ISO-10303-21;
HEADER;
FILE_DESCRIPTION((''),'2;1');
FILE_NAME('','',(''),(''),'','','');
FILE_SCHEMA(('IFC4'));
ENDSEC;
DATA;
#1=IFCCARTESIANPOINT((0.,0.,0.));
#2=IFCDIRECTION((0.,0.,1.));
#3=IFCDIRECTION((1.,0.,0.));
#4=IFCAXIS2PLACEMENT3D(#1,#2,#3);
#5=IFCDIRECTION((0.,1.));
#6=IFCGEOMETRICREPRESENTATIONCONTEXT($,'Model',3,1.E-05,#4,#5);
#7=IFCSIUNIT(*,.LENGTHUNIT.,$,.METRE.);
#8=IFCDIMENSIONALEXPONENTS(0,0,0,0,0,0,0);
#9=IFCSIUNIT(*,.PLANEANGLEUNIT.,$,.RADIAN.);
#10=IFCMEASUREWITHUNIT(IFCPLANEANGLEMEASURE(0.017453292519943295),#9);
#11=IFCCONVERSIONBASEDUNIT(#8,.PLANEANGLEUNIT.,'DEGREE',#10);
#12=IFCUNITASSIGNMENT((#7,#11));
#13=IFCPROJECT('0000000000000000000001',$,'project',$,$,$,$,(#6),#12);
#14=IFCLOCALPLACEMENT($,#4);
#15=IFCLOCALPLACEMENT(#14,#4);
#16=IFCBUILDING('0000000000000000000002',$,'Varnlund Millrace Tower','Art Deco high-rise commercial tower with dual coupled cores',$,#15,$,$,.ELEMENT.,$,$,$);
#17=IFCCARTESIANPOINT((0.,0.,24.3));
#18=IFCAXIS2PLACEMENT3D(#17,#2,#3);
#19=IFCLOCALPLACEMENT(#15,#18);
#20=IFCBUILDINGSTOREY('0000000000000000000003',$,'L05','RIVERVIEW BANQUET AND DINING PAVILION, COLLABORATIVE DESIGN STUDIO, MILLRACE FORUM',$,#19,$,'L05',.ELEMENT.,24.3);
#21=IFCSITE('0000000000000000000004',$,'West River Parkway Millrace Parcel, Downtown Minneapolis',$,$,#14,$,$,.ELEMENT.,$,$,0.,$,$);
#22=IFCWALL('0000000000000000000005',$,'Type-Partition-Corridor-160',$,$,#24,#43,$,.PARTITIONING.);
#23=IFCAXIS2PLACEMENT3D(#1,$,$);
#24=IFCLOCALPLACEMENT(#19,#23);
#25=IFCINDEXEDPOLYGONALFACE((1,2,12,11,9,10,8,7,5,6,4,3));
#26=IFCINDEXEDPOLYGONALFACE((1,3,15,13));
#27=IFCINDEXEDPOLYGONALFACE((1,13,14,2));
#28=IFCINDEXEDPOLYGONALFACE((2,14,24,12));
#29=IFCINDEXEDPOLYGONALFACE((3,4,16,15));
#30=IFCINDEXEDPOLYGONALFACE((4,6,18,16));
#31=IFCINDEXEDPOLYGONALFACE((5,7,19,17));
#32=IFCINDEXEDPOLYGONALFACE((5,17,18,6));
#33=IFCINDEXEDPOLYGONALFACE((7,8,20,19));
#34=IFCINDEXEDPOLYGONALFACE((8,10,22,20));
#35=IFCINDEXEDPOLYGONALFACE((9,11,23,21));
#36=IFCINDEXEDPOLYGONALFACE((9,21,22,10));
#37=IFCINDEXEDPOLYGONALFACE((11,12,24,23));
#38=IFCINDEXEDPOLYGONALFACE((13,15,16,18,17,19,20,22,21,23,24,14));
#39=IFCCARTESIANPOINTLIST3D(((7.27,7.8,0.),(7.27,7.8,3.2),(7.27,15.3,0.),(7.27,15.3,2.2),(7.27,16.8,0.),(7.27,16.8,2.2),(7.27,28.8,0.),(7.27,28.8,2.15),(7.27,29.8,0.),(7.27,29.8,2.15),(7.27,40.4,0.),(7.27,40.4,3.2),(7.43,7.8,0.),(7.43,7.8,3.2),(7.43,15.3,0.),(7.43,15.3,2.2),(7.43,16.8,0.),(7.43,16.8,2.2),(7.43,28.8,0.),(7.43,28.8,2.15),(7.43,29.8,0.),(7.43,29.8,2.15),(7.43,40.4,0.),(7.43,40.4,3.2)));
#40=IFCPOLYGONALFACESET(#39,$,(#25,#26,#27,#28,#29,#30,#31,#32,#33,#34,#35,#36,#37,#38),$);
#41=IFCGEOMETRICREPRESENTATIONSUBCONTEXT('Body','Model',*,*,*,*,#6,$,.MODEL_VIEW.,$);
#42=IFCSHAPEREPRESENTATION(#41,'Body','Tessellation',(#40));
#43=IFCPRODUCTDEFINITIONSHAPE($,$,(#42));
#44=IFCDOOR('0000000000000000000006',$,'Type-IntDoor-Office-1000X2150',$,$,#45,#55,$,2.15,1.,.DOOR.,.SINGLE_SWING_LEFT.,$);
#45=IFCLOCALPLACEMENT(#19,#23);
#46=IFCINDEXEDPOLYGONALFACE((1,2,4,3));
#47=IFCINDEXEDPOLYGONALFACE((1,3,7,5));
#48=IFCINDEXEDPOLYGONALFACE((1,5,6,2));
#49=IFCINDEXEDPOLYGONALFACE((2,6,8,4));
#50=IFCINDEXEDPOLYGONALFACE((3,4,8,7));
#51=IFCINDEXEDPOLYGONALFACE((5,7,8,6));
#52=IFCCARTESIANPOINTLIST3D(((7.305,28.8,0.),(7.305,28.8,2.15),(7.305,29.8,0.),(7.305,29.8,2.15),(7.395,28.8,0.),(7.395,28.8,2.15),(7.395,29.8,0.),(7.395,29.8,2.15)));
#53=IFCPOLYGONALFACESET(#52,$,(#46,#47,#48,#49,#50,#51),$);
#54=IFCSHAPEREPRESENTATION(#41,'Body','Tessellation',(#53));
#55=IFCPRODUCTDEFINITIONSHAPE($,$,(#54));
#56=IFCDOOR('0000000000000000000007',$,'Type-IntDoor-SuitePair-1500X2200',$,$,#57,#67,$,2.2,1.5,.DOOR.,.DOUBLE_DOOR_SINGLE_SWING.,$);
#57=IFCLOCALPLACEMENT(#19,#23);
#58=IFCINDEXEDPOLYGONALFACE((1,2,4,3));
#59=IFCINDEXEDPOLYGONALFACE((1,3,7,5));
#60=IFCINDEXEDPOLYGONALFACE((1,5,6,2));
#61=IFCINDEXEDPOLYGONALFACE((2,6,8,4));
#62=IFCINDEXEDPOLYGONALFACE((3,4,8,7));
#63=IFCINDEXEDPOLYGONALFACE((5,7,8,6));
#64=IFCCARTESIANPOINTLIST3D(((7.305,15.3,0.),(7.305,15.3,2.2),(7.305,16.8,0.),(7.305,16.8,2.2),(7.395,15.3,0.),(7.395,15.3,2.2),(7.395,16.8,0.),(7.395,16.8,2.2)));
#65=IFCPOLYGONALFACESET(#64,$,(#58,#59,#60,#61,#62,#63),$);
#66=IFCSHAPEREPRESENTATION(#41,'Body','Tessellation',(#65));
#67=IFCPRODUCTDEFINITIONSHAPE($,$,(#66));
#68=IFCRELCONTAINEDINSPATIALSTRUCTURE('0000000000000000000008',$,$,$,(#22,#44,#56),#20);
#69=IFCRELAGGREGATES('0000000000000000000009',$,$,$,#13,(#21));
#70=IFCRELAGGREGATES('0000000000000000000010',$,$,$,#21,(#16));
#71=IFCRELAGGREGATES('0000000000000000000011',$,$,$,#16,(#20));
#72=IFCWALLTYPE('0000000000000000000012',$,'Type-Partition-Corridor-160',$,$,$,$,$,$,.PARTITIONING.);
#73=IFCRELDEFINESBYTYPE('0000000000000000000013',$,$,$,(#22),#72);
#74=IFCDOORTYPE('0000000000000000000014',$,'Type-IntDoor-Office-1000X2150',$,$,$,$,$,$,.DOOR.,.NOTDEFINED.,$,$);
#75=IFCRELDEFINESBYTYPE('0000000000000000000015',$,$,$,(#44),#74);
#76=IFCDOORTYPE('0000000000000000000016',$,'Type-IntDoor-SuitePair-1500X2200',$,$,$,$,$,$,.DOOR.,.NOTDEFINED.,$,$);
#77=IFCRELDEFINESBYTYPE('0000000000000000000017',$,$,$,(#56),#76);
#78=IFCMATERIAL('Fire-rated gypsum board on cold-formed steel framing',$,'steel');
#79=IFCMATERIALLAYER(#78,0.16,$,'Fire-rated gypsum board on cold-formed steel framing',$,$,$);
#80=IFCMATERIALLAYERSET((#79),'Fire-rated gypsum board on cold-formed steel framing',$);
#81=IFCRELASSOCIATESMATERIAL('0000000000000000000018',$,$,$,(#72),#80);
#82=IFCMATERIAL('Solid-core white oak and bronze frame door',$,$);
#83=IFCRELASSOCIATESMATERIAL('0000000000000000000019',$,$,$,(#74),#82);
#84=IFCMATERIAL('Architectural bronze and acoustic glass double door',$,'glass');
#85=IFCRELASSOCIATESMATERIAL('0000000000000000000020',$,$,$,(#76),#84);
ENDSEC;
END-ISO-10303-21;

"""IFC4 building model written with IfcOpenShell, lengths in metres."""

from ifc_helpers import new_model, entity, si_unit, converted_unit, direction, frame, origin_with_axes, origin_2d_with_axis, place, context, subcontext, project, spatial, polyline, rectangle, outline, extrude, material, layer, layer_set, type_object, element, fill, save


model = new_model("IFC4")

# Units and contexts
model_context = context("Model", 3, precision=1e-05, world=origin_with_axes(), true_north=direction((0.0, 1.0)))
body_context = subcontext(model_context, "Body", "Model", "MODEL_VIEW")
ifc_project = project(units=[si_unit("LENGTHUNIT", "METRE"), converted_unit("PLANEANGLEUNIT", "DEGREE", entity("IfcPlaneAngleMeasure", 0.017453292519943295), si_unit("PLANEANGLEUNIT", "RADIAN"), dimensions=[0, 0, 0, 0, 0, 0, 0])], contexts=[model_context])

# Site, building, storey
site_placement = place(None, origin_with_axes())
site = spatial("IfcSite", under=ifc_project, at=site_placement, Name="West River Parkway Millrace Parcel, Downtown Minneapolis", CompositionType="ELEMENT", RefElevation=0.0)
building_placement = place(site_placement, origin_with_axes())
building = spatial("IfcBuilding", under=site, at=building_placement, Name="Varnlund Millrace Tower", Description="Art Deco high-rise commercial tower with dual coupled cores", CompositionType="ELEMENT")
storey_placement = place(building_placement, frame((0.0, 0.0, 24.3), z_axis=(0.0, 0.0, 1.0), x_axis=(1.0, 0.0, 0.0)))
storey = spatial("IfcBuildingStorey", under=building, at=storey_placement, Name="L05", Description="RIVERVIEW BANQUET AND DINING PAVILION, COLLABORATIVE DESIGN STUDIO, MILLRACE FORUM", LongName="L05", CompositionType="ELEMENT", Elevation=24.3)

# Wall, openings, doors
ifc_material_1 = material(Name="Fire-rated gypsum board on cold-formed steel framing", Category="steel")
ifc_layer_1 = layer(ifc_material_1, 0.16, Name="Fire-rated gypsum board on cold-formed steel framing")
ifc_layer_set_1 = layer_set([ifc_layer_1], Name="Fire-rated gypsum board on cold-formed steel framing")
wall_type_1 = type_object("IfcWallType", Name="Type-Partition-Corridor-160", PredefinedType="PARTITIONING", material=ifc_layer_set_1)
ifc_material_2 = material(Name="Solid-core white oak and bronze frame door")
door_type_1 = type_object("IfcDoorType", Name="Type-IntDoor-Office-1000X2150", OperationType="NOTDEFINED", PredefinedType="DOOR", material=ifc_material_2)
wall_1_placement = place(storey_placement, frame((7.35, 7.8, 0.0), z_axis=(0.0, 0.0, 1.0), x_axis=(0.0, 1.0, 0.0)))
wall_1 = element("IfcWall", 1, at=wall_1_placement, inside=storey, type_object=wall_type_1, Name="Type-Partition-Corridor-160", PredefinedType="PARTITIONING", context=body_context, shape_type="SweptSolid", body=[
    extrude(outline(polyline([(0.0, -0.08), (32.6, -0.08), (32.6, 0.08), (0.0, 0.08), (0.0, -0.08)])), origin_with_axes(), (0.0, 0.0, 1.0), 3.2),
])
opening_1_placement = place(wall_1_placement, frame((8.25, 0.0, 0.0), z_axis=(0.0, 0.0, 1.0), x_axis=(1.0, 0.0, 0.0)))
opening_1 = element("IfcOpeningElement", 2, at=opening_1_placement, cuts=wall_1, PredefinedType="OPENING", context=body_context, shape_type="SweptSolid", body=[
    extrude(rectangle(XDim=1.5, YDim=0.18, at=origin_2d_with_axis()), origin_with_axes(), (0.0, 0.0, 1.0), 2.2),
])
opening_2_placement = place(wall_1_placement, frame((21.5, 0.0, 0.0), z_axis=(0.0, 0.0, 1.0), x_axis=(1.0, 0.0, 0.0)))
opening_2 = element("IfcOpeningElement", 3, at=opening_2_placement, cuts=wall_1, PredefinedType="OPENING", context=body_context, shape_type="SweptSolid", body=[
    extrude(rectangle(XDim=1.0, YDim=0.18, at=origin_2d_with_axis()), origin_with_axes(), (0.0, 0.0, 1.0), 2.15),
])
door_1_placement = place(wall_1_placement, frame((21.5, 0.0, 0.0), z_axis=(0.0, 0.0, 1.0), x_axis=(1.0, 0.0, 0.0)))
door_1 = element("IfcDoor", 4, at=door_1_placement, inside=storey, type_object=door_type_1, Name="Type-IntDoor-Office-1000X2150", OperationType="SINGLE_SWING_LEFT", OverallHeight=2.15, OverallWidth=1.0, PredefinedType="DOOR", context=body_context, shape_type="SweptSolid", body=[
    extrude(rectangle(XDim=1.0, YDim=0.09, at=origin_2d_with_axis()), origin_with_axes(), (0.0, 0.0, 1.0), 2.15),
])
fill(opening_2, door_1)
ifc_material_3 = material(Name="Architectural bronze and acoustic glass double door", Category="glass")
door_type_2 = type_object("IfcDoorType", Name="Type-IntDoor-SuitePair-1500X2200", OperationType="NOTDEFINED", PredefinedType="DOOR", material=ifc_material_3)
door_2_placement = place(wall_1_placement, frame((8.25, 0.0, 0.0), z_axis=(0.0, 0.0, 1.0), x_axis=(1.0, 0.0, 0.0)))
door_2 = element("IfcDoor", 5, at=door_2_placement, inside=storey, type_object=door_type_2, Name="Type-IntDoor-SuitePair-1500X2200", OperationType="DOUBLE_DOOR_SINGLE_SWING", OverallHeight=2.2, OverallWidth=1.5, PredefinedType="DOOR", context=body_context, shape_type="SweptSolid", body=[
    extrude(rectangle(XDim=1.5, YDim=0.09, at=origin_2d_with_axis()), origin_with_axes(), (0.0, 0.0, 1.0), 2.2),
])
fill(opening_1, door_2)

save(model, "model.ifc")
